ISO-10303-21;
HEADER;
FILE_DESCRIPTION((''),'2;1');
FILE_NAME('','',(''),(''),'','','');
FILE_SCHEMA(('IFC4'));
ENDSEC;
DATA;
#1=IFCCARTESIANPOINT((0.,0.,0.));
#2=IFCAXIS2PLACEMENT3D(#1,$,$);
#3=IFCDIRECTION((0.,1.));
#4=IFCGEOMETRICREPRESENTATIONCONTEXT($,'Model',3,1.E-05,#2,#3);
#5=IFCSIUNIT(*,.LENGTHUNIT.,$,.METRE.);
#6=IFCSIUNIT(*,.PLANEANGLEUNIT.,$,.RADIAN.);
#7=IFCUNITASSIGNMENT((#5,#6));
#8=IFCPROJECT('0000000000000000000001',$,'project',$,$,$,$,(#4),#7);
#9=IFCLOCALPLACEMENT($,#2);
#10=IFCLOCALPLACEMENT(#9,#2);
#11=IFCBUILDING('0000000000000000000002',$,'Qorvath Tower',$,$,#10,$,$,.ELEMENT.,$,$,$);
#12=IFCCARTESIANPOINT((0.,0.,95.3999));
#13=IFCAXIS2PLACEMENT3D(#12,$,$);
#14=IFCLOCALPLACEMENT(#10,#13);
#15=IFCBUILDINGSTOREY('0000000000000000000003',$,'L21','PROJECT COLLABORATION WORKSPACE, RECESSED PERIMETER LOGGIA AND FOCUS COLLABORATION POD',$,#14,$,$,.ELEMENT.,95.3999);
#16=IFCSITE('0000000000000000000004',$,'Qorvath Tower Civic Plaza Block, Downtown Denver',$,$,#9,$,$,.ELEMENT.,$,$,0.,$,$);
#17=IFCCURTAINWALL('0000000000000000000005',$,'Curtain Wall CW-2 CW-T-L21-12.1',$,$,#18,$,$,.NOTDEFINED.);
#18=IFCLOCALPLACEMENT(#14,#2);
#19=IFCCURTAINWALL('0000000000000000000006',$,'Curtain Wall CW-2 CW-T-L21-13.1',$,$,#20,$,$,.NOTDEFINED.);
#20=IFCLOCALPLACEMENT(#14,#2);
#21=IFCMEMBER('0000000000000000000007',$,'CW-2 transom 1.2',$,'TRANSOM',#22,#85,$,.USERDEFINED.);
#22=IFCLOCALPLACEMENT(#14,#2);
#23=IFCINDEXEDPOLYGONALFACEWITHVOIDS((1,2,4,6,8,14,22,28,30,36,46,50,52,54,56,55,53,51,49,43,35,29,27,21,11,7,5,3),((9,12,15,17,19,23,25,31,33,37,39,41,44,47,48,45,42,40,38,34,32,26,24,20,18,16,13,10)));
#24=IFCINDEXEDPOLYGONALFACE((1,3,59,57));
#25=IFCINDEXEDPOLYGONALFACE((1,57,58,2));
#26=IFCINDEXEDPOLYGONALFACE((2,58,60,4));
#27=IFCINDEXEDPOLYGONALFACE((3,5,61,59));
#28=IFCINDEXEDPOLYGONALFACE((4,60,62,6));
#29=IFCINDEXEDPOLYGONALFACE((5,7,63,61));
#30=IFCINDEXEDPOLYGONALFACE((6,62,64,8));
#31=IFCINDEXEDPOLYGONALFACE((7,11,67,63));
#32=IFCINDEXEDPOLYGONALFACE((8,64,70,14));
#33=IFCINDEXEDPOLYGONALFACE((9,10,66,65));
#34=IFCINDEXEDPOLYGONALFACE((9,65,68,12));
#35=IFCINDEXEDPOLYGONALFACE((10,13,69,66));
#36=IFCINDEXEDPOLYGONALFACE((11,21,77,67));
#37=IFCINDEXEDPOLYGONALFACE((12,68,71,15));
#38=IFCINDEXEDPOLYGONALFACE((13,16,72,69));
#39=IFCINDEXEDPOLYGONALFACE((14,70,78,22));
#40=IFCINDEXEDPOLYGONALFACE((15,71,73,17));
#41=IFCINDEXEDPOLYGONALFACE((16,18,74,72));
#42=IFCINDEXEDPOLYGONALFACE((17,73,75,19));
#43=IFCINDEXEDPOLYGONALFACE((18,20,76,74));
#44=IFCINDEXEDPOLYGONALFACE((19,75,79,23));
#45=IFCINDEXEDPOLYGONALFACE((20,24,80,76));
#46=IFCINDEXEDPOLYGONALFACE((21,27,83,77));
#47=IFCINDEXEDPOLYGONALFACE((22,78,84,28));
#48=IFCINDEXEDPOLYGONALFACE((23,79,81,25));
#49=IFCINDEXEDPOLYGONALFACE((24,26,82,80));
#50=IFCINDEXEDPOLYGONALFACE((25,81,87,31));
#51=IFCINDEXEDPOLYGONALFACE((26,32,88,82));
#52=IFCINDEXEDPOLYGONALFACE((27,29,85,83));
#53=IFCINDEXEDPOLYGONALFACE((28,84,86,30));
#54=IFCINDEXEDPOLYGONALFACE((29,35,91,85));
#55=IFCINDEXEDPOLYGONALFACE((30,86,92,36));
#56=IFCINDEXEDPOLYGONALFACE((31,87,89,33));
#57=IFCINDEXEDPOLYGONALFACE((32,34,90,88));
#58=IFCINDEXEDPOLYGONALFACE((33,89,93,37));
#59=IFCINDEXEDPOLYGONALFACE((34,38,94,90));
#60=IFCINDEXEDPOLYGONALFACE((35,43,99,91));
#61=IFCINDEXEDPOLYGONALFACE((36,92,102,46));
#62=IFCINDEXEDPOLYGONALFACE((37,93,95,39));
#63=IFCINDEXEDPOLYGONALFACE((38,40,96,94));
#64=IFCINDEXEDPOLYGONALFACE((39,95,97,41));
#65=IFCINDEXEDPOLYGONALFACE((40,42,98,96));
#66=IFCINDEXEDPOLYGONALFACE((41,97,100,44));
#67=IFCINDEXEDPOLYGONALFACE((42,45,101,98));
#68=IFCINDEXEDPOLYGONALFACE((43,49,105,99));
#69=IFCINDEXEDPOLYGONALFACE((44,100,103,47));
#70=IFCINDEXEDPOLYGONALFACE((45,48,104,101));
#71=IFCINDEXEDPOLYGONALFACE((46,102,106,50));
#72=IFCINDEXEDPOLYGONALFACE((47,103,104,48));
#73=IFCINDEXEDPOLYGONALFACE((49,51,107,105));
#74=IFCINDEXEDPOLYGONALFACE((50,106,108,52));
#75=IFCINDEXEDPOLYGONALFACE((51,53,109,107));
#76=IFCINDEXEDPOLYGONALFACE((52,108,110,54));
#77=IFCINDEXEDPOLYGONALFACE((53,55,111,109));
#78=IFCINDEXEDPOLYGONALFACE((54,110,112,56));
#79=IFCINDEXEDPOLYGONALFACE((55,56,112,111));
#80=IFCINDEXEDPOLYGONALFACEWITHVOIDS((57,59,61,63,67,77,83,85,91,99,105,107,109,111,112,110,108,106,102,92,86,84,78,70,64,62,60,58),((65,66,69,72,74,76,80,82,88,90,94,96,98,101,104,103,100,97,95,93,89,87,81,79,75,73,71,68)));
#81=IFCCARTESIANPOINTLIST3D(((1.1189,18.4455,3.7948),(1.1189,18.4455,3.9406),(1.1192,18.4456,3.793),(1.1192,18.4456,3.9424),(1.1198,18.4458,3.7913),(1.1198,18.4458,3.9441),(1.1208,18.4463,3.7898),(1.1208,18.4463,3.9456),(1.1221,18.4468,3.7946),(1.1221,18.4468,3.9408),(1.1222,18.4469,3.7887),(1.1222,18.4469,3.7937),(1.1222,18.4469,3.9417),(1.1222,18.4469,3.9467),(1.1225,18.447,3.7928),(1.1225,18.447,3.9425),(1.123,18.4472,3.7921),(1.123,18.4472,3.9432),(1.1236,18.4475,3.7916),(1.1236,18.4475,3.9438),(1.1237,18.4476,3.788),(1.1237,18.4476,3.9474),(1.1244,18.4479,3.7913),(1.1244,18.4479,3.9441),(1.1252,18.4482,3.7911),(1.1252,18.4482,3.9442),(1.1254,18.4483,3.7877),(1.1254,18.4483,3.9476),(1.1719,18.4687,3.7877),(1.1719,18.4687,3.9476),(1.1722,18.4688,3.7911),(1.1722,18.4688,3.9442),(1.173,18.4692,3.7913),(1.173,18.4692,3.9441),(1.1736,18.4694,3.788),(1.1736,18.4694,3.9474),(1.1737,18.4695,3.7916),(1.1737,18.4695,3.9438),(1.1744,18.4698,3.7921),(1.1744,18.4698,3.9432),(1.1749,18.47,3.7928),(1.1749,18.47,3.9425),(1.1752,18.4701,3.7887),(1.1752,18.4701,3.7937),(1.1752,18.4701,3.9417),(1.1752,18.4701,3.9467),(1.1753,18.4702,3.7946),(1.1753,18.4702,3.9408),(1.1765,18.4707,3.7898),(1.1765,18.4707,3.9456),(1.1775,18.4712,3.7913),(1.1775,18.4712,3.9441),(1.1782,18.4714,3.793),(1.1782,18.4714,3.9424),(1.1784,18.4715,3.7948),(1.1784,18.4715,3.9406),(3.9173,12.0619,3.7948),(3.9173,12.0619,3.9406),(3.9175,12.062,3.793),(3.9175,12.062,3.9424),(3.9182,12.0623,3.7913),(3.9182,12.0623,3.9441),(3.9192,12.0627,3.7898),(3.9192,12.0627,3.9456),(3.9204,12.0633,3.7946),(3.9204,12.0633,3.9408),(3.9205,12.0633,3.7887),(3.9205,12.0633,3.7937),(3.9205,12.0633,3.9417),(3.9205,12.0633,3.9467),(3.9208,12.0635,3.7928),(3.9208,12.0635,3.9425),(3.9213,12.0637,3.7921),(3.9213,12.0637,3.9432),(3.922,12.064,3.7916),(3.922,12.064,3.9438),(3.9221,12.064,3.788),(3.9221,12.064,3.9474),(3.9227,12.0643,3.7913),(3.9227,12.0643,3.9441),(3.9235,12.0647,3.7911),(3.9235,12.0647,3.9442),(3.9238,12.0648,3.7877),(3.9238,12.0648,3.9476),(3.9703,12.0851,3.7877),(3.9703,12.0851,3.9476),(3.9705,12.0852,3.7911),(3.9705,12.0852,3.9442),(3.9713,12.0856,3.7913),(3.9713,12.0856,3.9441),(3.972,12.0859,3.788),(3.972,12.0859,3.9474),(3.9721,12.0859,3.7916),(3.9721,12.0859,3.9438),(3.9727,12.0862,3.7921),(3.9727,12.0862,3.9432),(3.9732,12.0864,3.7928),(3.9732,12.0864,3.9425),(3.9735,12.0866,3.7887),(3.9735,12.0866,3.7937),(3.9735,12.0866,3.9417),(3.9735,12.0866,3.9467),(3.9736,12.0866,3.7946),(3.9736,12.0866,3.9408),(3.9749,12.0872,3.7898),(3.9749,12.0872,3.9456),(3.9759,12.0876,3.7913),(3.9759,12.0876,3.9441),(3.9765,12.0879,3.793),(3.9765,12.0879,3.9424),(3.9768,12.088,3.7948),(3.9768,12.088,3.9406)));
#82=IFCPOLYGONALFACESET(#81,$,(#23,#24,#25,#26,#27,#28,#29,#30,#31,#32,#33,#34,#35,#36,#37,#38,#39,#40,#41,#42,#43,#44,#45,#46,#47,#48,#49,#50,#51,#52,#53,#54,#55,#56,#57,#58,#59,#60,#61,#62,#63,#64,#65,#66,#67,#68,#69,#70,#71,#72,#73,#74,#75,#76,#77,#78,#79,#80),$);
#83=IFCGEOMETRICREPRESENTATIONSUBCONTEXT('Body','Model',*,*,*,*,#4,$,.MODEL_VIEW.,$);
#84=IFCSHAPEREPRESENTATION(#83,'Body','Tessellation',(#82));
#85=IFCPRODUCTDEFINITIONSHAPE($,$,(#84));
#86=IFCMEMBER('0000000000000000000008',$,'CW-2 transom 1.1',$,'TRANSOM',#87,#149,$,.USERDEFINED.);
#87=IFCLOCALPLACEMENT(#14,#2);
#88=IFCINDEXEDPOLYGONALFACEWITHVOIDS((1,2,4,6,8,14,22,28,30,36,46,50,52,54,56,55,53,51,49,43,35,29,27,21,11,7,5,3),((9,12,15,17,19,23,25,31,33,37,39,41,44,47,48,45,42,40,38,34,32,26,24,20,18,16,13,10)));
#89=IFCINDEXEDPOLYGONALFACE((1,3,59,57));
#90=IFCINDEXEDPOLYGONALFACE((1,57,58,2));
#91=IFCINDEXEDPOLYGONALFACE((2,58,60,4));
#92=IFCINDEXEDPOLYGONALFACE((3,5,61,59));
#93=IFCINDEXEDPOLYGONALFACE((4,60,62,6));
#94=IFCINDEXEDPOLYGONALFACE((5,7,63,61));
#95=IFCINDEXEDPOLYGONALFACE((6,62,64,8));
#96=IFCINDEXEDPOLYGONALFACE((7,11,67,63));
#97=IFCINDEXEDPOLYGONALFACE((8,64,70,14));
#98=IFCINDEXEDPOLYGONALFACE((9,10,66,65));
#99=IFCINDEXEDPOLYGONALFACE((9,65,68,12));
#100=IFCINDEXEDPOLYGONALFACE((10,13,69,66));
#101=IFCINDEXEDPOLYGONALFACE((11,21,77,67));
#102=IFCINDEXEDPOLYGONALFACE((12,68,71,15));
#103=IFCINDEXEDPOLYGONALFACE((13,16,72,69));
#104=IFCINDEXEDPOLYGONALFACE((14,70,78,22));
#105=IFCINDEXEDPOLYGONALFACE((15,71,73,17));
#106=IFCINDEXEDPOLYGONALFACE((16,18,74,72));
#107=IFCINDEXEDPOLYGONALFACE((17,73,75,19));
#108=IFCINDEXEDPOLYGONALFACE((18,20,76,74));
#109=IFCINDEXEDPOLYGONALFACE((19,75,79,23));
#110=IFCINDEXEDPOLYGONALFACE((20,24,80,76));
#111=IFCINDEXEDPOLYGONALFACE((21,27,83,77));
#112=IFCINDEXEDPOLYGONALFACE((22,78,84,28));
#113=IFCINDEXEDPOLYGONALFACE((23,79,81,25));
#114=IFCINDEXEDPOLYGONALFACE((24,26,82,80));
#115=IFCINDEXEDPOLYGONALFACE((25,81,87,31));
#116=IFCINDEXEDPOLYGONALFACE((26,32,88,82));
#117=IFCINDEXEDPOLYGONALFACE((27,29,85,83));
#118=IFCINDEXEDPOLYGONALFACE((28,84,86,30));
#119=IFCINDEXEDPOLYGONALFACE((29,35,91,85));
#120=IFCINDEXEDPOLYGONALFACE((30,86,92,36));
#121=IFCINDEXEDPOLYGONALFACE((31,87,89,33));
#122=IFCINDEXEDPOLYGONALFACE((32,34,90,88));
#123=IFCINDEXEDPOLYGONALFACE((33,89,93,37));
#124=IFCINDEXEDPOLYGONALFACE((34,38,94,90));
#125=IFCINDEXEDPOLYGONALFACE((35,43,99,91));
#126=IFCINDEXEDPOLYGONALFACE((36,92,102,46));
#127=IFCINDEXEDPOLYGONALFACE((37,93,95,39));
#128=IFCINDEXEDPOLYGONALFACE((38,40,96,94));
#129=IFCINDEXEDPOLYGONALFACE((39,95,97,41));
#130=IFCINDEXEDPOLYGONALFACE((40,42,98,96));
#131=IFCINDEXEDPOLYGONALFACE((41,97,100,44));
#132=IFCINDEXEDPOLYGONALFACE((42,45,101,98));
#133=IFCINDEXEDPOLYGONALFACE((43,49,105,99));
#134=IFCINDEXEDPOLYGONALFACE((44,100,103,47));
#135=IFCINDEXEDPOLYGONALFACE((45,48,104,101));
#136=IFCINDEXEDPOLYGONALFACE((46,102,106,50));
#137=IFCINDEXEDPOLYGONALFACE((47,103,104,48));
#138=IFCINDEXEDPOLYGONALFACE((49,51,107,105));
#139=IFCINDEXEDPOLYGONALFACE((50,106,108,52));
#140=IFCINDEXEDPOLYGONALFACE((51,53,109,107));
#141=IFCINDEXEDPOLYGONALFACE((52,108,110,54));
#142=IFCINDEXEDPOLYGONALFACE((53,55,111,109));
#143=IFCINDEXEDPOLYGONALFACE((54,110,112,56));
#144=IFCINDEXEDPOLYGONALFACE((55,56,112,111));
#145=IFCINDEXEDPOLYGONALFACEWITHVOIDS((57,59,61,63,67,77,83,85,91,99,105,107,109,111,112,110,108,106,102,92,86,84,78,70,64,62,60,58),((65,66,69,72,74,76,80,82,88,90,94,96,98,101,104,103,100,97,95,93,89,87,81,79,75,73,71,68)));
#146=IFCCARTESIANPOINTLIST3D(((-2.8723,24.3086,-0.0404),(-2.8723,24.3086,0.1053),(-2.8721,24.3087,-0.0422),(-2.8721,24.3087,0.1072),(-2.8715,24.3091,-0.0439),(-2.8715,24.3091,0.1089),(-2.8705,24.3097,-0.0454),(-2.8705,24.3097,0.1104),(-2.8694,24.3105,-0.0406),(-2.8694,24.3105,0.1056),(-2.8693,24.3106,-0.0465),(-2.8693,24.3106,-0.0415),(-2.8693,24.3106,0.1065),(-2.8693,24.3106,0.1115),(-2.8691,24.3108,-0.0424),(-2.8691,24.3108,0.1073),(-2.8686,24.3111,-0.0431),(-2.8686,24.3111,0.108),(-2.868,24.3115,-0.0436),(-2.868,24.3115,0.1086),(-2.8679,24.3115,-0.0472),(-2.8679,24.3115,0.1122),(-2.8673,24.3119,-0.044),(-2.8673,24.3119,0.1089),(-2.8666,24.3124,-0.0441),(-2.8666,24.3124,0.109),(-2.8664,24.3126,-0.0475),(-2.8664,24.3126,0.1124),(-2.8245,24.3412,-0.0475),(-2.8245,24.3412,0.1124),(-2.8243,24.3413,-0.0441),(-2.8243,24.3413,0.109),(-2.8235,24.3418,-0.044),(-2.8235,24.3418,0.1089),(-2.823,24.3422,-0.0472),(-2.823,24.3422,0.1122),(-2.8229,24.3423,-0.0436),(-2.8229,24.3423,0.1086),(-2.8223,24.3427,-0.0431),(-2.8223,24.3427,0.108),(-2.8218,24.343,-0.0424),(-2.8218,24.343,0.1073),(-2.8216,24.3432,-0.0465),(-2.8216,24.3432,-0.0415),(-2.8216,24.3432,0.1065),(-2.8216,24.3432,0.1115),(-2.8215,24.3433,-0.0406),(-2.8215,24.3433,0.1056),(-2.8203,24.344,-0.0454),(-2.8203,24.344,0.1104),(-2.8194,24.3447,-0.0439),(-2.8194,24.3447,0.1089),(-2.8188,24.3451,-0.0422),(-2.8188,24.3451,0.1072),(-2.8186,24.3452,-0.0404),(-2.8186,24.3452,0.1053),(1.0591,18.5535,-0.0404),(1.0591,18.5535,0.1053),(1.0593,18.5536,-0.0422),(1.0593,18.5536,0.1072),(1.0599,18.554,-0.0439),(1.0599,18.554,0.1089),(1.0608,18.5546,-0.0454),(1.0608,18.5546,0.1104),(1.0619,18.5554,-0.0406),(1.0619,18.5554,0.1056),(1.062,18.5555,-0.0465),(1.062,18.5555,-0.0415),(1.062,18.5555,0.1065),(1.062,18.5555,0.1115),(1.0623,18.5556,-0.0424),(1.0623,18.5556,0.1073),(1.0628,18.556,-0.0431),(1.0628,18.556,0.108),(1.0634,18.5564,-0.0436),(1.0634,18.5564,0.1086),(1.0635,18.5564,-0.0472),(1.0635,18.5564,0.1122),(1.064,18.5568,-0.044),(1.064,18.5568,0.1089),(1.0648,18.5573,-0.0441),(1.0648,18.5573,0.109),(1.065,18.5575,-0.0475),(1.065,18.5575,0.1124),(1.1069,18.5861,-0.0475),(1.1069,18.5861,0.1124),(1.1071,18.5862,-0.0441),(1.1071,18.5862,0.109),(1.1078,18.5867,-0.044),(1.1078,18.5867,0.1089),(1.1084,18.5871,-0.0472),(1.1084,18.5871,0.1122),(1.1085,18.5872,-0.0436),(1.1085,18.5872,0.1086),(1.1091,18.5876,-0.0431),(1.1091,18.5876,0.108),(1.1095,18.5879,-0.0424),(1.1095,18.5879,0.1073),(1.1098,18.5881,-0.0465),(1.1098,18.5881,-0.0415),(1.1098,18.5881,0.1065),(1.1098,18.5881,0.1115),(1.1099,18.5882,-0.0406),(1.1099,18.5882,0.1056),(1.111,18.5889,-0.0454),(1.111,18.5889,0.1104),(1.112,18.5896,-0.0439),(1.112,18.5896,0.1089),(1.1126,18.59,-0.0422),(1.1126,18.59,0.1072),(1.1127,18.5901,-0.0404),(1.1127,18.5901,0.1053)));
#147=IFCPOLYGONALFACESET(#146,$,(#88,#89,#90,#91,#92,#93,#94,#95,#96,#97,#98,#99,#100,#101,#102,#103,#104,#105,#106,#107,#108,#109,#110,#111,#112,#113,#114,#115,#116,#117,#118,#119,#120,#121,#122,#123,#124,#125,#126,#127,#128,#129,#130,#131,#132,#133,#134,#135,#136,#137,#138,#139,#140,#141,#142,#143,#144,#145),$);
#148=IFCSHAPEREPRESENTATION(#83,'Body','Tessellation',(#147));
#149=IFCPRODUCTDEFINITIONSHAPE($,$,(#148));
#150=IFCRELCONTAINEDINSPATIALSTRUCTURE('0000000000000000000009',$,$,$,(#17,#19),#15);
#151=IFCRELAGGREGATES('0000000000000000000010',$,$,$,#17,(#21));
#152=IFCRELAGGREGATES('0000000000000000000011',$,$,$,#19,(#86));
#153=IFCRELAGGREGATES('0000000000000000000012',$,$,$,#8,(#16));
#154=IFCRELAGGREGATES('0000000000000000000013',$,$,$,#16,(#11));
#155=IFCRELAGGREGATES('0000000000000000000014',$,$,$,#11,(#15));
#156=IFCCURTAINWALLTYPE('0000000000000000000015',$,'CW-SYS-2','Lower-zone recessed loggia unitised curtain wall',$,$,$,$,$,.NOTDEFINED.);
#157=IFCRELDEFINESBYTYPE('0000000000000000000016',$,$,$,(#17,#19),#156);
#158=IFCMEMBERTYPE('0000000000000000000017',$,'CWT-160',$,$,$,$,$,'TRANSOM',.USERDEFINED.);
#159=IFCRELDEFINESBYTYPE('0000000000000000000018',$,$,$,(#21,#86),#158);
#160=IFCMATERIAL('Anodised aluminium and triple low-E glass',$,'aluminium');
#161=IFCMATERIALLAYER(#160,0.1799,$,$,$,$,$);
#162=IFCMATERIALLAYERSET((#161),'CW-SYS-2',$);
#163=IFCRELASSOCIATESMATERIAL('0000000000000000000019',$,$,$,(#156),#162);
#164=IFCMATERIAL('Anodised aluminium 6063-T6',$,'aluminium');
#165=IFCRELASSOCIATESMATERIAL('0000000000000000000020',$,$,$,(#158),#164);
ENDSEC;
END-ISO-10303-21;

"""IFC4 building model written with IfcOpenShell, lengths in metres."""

from ifc_helpers import new_model, si_unit, direction, frame, origin, origin_2d, place, context, subcontext, project, spatial, hollow_rectangle, extrude, material, layer, layer_set, material_profile, profile_set, type_object, element, aggregate, save


model = new_model("IFC4")

# Units and contexts
model_context = context("Model", 3, precision=1e-05, world=origin(), true_north=direction((0.0, 1.0)))
body_context = subcontext(model_context, "Body", "Model", "MODEL_VIEW")
ifc_project = project(units=[si_unit("LENGTHUNIT", "METRE"), si_unit("PLANEANGLEUNIT", "RADIAN")], contexts=[model_context])

# Site, building, storey
site_placement = place(None, origin())
site = spatial("IfcSite", under=ifc_project, at=site_placement, Name="Qorvath Tower Civic Plaza Block, Downtown Denver", CompositionType="ELEMENT", RefElevation=0.0)
building_placement = place(site_placement, origin())
building = spatial("IfcBuilding", under=site, at=building_placement, Name="Qorvath Tower", CompositionType="ELEMENT")
storey_placement = place(building_placement, frame((0.0, 0.0, 95.3999)))
storey = spatial("IfcBuildingStorey", under=building, at=storey_placement, Name="L21", Description="PROJECT COLLABORATION WORKSPACE, RECESSED PERIMETER LOGGIA AND FOCUS COLLABORATION POD", CompositionType="ELEMENT", Elevation=95.3999)

# Shared definitions
ifc_material_1 = material(Name="Anodised aluminium and triple low-E glass", Category="aluminium")
ifc_layer_1 = layer(ifc_material_1, 0.1799)
ifc_layer_set_1 = layer_set([ifc_layer_1], Name="CW-SYS-2")
curtain_wall_type = type_object("IfcCurtainWallType", Name="CW-SYS-2", Description="Lower-zone recessed loggia unitised curtain wall", PredefinedType="NOTDEFINED", material=ifc_layer_set_1)

# Curtain walls
curtain_wall_1_placement = place(storey_placement, origin())
curtain_wall_1 = element("IfcCurtainWall", 1, at=curtain_wall_1_placement, inside=storey, type_object=curtain_wall_type, Name="Curtain Wall CW-2 CW-T-L21-12.1", PredefinedType="NOTDEFINED")
curtain_wall_2_placement = place(storey_placement, origin())
curtain_wall_2 = element("IfcCurtainWall", 2, at=curtain_wall_2_placement, inside=storey, type_object=curtain_wall_type, Name="Curtain Wall CW-2 CW-T-L21-13.1", PredefinedType="NOTDEFINED")

# Members
ifc_material_2 = material(Name="Anodised aluminium 6063-T6", Category="aluminium")
ifc_material_profile_1 = material_profile(ifc_material_2, hollow_rectangle(XDim=0.0649, YDim=0.1599, WallThickness=0.0034, InnerFilletRadius=0.0034, OuterFilletRadius=0.0071, at=origin_2d()), Name="CWT 160x65")
ifc_profile_set_1 = profile_set([ifc_material_profile_1], Name="Anodised aluminium 6063-T6")
member_type_1 = type_object("IfcMemberType", Name="CWT-160", ElementType="TRANSOM", PredefinedType="USERDEFINED", material=ifc_profile_set_1)
member_1_placement = place(storey_placement, frame((3.947, 12.075, 3.8677), z_axis=(-0.401486, 0.915865, 0.0), x_axis=(-0.915865, -0.401486, 0.0)))
member_1 = element("IfcMember", 3, at=member_1_placement, type_object=member_type_1, Name="CW-2 transom 1.2", ObjectType="TRANSOM", PredefinedType="USERDEFINED", context=body_context, shape_type="SweptSolid", body=[
    extrude(hollow_rectangle(XDim=0.0649, YDim=0.1599, WallThickness=0.0034, InnerFilletRadius=0.0034, OuterFilletRadius=0.0071, at=origin_2d()), origin(), (0.0, 0.0, 1.0), 6.97),
])
member_2_placement = place(storey_placement, frame((1.0859, 18.5718, 0.0325), z_axis=(-0.564066, 0.82573, 0.0), x_axis=(-0.82573, -0.564066, 0.0)))
member_2 = element("IfcMember", 4, at=member_2_placement, type_object=member_type_1, Name="CW-2 transom 1.1", ObjectType="TRANSOM", PredefinedType="USERDEFINED", context=body_context, shape_type="SweptSolid", body=[
    extrude(hollow_rectangle(XDim=0.0649, YDim=0.1599, WallThickness=0.0034, InnerFilletRadius=0.0034, OuterFilletRadius=0.0071, at=origin_2d()), origin(), (0.0, 0.0, 1.0), 6.9697),
])

aggregate(curtain_wall_1, [member_1])
aggregate(curtain_wall_2, [member_2])

save(model, "model.ifc")
